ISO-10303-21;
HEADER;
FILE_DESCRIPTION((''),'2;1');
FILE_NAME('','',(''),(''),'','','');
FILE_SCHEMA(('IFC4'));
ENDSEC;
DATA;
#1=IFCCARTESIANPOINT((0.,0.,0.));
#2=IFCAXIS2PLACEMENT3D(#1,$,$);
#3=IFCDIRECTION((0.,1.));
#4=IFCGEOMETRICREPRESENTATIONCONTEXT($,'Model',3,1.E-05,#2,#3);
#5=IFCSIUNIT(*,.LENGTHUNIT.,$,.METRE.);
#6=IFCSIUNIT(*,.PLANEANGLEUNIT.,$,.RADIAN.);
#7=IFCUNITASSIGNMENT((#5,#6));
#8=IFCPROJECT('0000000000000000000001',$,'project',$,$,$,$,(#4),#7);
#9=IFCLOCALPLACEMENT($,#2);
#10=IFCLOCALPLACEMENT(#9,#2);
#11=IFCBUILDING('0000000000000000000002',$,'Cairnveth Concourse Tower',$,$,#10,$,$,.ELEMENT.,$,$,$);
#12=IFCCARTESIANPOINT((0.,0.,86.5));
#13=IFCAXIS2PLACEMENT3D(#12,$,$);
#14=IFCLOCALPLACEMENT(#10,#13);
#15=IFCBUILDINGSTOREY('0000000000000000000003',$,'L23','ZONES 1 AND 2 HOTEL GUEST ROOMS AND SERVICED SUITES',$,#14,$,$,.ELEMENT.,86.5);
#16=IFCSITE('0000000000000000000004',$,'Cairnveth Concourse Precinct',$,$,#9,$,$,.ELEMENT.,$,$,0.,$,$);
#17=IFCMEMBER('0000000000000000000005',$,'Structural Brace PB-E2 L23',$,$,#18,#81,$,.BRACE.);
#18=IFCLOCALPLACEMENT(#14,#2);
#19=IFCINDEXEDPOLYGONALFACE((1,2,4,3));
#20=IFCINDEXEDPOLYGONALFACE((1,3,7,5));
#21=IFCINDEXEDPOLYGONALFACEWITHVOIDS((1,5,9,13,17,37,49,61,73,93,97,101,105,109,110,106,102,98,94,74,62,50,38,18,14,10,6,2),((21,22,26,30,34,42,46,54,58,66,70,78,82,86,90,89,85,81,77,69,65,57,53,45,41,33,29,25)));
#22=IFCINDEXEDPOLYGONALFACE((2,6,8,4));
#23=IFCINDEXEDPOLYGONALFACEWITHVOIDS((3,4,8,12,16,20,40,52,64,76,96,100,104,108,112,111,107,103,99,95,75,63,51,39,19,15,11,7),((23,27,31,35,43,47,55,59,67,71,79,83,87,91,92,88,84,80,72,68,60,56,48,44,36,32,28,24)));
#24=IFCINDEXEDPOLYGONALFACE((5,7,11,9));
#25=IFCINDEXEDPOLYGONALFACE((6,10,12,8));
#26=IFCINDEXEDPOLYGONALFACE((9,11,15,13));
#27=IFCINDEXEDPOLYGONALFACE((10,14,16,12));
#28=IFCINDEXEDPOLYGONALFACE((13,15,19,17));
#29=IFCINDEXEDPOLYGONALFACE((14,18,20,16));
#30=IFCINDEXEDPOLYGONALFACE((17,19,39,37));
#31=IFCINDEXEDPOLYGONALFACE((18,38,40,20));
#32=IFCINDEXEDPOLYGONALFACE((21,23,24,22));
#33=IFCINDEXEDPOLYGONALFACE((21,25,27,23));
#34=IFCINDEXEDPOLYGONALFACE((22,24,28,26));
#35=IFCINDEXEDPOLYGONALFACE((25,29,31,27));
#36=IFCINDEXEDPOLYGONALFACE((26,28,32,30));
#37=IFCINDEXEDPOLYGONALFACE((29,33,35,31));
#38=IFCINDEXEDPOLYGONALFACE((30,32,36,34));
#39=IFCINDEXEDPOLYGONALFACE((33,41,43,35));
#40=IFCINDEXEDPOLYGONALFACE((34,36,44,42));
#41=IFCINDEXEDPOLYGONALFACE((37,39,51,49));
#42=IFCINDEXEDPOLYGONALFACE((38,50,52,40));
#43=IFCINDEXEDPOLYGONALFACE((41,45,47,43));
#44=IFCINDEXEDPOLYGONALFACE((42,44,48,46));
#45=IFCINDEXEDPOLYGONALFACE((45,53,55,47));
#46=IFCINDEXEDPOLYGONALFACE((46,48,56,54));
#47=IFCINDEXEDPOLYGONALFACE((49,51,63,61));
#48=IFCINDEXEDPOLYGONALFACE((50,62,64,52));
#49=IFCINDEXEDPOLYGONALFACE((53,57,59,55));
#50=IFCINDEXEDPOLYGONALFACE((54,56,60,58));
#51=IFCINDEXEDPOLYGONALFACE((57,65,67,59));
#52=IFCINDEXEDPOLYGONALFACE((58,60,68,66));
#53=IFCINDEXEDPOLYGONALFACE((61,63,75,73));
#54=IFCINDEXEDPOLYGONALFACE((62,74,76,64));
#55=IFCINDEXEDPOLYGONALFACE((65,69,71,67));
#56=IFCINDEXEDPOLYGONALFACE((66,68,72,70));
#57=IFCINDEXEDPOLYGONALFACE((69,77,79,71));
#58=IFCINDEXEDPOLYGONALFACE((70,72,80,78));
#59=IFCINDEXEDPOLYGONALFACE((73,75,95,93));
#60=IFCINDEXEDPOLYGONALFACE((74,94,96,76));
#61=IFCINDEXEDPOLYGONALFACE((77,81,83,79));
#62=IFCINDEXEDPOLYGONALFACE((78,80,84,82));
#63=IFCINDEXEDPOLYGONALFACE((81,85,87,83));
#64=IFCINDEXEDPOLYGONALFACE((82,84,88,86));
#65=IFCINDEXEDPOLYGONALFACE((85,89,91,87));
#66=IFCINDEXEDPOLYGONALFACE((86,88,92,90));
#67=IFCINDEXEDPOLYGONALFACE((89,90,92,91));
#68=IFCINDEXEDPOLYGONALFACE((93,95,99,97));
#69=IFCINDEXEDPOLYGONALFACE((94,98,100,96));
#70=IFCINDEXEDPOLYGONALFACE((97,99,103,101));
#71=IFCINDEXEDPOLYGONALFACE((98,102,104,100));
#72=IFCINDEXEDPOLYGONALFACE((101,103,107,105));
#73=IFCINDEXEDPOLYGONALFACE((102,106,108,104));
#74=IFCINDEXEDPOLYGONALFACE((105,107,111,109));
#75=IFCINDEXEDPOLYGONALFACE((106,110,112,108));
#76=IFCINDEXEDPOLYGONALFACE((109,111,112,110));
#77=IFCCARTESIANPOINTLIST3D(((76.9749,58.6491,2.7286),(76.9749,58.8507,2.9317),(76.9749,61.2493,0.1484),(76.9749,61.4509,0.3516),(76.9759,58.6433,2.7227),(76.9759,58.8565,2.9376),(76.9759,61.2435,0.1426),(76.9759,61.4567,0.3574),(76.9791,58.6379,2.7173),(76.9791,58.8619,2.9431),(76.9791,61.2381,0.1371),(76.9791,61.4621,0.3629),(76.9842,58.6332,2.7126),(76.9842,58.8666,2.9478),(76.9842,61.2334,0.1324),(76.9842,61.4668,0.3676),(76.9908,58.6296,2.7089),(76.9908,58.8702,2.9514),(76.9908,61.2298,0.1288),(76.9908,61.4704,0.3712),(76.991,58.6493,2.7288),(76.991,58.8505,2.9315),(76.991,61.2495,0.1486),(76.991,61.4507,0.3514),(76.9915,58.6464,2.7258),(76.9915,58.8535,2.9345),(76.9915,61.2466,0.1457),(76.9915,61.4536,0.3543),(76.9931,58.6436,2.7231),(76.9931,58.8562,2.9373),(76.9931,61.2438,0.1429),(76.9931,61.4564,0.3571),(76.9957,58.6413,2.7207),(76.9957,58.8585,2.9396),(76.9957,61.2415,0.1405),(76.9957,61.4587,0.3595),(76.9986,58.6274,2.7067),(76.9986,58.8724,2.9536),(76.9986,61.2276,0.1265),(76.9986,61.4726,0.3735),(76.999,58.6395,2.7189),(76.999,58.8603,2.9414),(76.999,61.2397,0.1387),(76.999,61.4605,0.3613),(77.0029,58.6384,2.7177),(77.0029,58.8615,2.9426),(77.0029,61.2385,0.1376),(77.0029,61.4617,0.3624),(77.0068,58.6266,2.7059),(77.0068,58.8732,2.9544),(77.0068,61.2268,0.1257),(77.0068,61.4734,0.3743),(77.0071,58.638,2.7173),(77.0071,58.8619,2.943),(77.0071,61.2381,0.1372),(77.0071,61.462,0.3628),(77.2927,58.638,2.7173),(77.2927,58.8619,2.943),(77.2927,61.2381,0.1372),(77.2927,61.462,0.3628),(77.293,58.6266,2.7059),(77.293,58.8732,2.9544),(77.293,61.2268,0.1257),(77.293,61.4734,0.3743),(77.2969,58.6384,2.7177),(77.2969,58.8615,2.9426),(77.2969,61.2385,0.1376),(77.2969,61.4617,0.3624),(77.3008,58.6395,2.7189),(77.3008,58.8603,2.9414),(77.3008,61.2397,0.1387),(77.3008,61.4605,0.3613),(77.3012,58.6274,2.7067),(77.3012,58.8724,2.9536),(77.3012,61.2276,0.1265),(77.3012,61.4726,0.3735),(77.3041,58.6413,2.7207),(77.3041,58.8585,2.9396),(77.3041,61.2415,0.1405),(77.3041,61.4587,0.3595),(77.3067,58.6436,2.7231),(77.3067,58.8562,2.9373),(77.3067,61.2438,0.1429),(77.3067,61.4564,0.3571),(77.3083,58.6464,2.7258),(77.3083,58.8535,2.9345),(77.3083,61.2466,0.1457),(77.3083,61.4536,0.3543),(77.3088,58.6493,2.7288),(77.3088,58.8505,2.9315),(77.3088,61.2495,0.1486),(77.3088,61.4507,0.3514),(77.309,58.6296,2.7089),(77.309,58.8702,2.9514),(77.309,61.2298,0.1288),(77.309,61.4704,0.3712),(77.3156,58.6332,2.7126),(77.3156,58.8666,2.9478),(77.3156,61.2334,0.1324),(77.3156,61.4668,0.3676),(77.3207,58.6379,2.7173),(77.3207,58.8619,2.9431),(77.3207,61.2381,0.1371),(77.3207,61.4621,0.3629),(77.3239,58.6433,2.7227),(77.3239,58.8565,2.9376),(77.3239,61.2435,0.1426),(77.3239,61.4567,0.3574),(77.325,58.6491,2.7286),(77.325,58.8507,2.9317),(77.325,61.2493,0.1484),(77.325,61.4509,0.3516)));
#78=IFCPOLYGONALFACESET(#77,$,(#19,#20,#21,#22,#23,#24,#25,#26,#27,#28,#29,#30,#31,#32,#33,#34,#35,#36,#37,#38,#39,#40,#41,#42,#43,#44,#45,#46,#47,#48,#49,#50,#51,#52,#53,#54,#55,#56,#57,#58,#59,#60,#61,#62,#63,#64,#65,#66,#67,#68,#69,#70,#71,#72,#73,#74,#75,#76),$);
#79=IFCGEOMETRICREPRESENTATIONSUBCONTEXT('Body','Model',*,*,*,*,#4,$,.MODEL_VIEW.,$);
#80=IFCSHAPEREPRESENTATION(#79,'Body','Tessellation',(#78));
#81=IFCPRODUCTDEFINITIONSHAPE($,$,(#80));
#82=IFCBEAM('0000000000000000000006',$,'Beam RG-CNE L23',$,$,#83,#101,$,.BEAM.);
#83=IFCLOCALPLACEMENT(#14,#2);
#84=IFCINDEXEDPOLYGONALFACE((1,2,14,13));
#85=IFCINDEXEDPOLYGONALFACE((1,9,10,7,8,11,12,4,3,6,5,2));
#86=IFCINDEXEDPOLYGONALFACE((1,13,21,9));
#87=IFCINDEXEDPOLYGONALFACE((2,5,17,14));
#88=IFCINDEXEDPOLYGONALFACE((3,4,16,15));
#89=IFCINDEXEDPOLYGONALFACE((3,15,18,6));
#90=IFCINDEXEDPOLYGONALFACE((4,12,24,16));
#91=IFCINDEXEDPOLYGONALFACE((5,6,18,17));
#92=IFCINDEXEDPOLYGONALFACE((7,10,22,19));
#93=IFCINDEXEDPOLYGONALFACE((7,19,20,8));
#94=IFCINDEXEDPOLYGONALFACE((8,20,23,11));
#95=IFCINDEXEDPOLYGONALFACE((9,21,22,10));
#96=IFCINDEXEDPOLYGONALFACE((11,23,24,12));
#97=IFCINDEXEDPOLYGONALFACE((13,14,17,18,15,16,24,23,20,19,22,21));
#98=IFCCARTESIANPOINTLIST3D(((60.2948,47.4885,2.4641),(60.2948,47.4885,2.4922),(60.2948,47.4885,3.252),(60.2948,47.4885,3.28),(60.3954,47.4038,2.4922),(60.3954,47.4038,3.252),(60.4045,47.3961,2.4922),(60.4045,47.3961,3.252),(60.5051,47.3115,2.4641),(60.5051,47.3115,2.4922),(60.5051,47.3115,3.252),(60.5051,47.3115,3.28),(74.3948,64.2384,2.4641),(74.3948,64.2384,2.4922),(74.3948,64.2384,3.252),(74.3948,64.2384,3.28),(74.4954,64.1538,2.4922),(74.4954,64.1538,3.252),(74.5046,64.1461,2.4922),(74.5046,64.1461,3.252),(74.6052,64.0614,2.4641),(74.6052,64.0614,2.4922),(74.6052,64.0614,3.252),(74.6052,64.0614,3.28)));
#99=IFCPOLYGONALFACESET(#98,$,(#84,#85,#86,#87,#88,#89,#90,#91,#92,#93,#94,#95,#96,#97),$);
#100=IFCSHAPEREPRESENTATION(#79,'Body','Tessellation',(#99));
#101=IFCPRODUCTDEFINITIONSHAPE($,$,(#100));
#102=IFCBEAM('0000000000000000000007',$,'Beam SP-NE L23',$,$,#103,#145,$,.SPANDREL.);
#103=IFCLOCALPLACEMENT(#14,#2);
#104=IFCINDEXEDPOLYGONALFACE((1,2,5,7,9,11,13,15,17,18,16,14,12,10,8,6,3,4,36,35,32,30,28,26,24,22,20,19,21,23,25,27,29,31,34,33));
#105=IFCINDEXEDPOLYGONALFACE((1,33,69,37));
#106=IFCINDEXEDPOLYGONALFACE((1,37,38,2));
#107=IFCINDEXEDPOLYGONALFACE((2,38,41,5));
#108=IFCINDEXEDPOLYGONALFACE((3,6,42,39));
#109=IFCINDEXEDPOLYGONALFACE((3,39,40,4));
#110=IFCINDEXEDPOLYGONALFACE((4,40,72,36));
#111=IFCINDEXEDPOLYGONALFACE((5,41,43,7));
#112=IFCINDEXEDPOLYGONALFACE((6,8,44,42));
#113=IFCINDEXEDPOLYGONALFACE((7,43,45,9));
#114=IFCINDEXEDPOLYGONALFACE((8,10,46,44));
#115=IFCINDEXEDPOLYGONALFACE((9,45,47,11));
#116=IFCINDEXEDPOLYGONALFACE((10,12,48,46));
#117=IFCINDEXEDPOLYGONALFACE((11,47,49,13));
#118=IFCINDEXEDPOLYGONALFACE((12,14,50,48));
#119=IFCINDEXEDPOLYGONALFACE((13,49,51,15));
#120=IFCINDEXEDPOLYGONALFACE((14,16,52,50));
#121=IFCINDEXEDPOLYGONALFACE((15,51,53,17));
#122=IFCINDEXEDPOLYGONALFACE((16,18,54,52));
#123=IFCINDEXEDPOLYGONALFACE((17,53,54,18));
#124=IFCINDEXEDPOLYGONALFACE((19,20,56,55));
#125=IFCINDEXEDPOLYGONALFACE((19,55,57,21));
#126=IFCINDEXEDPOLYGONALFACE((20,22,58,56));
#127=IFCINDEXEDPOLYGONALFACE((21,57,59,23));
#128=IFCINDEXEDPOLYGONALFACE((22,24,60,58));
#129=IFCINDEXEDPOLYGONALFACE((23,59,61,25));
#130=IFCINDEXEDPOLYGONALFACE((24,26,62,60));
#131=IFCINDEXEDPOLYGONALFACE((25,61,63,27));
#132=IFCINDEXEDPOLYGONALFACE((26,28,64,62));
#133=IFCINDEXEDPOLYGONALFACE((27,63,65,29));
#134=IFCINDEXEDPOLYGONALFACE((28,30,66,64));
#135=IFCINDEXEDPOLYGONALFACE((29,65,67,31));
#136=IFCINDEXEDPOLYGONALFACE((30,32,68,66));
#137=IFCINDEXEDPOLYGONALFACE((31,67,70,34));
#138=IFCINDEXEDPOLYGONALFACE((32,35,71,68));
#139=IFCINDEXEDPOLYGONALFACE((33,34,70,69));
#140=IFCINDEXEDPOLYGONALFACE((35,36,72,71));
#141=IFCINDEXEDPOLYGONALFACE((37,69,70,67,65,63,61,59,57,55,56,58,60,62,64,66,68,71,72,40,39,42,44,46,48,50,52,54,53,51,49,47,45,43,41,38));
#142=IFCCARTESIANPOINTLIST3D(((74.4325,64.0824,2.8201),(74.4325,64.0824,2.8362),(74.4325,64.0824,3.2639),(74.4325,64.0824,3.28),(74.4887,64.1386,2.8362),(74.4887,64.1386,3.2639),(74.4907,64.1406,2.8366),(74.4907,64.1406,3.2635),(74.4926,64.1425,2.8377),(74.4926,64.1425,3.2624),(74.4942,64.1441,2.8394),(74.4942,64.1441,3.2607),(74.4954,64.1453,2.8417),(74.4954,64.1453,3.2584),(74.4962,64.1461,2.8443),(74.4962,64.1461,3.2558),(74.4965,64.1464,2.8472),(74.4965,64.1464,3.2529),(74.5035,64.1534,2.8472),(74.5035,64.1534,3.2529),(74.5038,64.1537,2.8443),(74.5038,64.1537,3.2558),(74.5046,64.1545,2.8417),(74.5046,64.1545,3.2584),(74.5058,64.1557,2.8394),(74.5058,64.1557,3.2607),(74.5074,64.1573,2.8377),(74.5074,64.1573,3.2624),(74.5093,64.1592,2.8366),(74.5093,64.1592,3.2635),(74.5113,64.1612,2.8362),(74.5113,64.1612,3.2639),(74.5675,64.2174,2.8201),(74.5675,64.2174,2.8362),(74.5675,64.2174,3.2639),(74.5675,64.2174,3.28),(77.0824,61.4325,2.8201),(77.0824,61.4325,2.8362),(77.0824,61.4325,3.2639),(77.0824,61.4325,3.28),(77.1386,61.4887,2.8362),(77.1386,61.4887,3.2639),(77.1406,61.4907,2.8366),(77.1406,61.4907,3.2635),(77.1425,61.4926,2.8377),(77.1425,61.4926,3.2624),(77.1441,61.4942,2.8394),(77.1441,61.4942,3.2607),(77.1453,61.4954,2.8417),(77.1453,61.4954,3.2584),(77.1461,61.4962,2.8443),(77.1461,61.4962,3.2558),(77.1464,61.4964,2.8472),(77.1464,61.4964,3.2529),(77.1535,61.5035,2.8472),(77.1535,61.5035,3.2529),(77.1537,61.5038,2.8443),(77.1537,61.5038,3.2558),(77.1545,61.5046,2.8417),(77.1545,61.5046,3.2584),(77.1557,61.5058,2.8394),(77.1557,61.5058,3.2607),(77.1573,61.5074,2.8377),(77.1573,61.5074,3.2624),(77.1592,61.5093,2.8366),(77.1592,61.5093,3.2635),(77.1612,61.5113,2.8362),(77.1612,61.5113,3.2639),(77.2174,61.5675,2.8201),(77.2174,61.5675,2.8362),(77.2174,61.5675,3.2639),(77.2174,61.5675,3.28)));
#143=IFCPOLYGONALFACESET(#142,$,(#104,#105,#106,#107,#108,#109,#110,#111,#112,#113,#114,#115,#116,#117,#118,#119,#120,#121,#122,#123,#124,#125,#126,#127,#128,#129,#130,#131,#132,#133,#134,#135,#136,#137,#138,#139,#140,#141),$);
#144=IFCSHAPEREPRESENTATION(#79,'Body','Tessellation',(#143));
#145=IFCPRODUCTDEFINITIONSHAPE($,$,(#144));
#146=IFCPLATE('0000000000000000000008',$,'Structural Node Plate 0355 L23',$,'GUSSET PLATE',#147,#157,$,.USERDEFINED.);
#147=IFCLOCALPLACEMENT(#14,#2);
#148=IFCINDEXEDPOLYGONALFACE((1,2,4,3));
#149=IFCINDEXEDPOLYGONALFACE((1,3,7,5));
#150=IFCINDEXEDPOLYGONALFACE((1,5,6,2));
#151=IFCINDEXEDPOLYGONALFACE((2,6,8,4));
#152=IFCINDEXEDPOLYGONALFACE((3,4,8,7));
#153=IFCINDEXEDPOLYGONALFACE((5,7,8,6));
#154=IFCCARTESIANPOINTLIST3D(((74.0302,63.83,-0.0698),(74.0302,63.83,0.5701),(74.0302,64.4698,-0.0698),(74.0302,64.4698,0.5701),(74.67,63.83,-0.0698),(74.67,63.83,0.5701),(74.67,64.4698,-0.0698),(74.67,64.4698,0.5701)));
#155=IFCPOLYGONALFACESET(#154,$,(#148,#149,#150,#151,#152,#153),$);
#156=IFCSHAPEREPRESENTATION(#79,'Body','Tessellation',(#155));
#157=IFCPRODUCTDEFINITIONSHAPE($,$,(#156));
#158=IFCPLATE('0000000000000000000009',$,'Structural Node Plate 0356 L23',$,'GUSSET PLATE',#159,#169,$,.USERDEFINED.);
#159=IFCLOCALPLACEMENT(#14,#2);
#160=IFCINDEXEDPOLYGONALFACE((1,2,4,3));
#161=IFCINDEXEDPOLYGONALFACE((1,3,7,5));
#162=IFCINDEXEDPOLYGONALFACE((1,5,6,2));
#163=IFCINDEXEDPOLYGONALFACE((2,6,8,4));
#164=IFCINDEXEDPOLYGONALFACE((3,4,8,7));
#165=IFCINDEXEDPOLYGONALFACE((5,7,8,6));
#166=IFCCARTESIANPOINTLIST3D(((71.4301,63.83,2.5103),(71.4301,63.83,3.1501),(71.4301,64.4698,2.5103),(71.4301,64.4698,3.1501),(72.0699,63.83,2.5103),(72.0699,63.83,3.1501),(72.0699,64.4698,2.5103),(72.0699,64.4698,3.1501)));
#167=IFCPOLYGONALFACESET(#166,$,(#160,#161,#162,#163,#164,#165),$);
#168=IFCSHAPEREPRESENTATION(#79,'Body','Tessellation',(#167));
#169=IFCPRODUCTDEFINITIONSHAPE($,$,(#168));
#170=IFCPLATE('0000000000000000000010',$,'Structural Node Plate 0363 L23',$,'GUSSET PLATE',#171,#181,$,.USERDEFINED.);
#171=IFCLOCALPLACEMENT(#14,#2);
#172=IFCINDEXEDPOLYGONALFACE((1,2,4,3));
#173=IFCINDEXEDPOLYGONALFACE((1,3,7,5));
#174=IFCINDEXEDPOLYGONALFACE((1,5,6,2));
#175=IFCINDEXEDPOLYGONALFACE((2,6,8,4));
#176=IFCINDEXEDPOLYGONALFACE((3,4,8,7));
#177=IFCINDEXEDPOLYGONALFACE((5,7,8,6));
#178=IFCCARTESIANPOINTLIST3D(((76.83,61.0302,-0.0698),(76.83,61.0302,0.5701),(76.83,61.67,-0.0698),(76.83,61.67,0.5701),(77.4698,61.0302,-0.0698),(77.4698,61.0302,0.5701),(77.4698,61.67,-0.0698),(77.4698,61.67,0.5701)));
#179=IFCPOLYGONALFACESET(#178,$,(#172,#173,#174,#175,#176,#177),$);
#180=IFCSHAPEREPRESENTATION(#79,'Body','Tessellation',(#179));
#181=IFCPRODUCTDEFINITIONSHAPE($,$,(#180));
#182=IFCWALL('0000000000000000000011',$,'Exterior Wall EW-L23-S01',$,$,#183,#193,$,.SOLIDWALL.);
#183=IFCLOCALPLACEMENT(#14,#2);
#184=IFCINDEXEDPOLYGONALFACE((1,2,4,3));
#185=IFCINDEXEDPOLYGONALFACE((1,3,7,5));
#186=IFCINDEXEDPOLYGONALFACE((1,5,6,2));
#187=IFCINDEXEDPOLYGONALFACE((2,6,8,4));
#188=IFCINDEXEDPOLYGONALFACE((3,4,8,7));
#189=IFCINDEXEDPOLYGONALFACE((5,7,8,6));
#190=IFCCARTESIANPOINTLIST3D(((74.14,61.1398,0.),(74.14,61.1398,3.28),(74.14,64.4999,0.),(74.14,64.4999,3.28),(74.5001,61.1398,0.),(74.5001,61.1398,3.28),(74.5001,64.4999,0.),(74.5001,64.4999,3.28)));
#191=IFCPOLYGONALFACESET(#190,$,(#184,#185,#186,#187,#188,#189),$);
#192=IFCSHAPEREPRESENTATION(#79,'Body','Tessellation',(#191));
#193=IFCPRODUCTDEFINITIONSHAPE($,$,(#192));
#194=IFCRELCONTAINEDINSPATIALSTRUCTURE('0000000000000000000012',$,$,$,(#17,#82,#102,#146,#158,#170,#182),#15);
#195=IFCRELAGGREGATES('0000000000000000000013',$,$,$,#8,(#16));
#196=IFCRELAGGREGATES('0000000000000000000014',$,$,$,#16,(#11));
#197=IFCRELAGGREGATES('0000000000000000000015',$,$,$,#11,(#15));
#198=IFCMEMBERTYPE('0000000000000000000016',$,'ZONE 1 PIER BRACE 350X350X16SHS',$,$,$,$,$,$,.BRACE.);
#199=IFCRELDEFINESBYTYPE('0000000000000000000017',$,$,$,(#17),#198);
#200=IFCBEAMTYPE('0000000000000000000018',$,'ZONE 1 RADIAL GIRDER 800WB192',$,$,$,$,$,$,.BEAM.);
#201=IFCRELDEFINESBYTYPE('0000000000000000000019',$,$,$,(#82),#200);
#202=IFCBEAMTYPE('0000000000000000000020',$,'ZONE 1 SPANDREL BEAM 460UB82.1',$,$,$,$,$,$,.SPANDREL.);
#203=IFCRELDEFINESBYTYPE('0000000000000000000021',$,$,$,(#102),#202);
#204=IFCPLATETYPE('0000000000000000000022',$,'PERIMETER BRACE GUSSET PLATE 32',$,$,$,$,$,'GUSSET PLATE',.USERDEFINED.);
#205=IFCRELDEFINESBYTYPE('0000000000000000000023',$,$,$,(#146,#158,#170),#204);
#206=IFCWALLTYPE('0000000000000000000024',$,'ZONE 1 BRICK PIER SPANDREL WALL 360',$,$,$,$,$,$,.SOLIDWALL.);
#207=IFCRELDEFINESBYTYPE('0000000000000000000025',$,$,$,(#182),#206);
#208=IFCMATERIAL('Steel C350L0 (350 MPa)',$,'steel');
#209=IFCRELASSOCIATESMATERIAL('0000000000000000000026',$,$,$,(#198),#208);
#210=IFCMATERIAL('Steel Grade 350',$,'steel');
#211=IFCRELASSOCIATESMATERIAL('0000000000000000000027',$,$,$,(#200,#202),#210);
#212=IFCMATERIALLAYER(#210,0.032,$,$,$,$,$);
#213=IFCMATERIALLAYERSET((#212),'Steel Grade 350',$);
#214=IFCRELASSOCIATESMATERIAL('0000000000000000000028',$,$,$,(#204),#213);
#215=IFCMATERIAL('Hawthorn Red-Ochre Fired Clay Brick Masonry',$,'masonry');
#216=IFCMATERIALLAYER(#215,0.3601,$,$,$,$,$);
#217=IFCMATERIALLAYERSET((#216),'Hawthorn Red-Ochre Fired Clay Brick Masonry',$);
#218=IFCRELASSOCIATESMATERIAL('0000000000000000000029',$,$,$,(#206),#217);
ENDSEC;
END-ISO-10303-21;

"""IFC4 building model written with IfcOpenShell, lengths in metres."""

from ifc_helpers import new_model, si_unit, direction, frame, frame_2d, origin, origin_2d, place, context, subcontext, project, spatial, rectangle, hollow_rectangle, i_section, extrude, material, layer, layer_set, material_profile, profile_set, type_object, element, save


model = new_model("IFC4")

# Units and contexts
model_context = context("Model", 3, precision=1e-05, world=origin(), true_north=direction((0.0, 1.0)))
body_context = subcontext(model_context, "Body", "Model", "MODEL_VIEW")
ifc_project = project(units=[si_unit("LENGTHUNIT", "METRE"), si_unit("PLANEANGLEUNIT", "RADIAN")], contexts=[model_context])

# Site, building, storey
site_placement = place(None, origin())
site = spatial("IfcSite", under=ifc_project, at=site_placement, Name="Cairnveth Concourse Precinct", CompositionType="ELEMENT", RefElevation=0.0)
building_placement = place(site_placement, origin())
building = spatial("IfcBuilding", under=site, at=building_placement, Name="Cairnveth Concourse Tower", CompositionType="ELEMENT")
storey_placement = place(building_placement, frame((0.0, 0.0, 86.5)))
storey = spatial("IfcBuildingStorey", under=building, at=storey_placement, Name="L23", Description="ZONES 1 AND 2 HOTEL GUEST ROOMS AND SERVICED SUITES", CompositionType="ELEMENT", Elevation=86.5)

# Shared definitions
ifc_material_1 = material(Name="Steel Grade 350", Category="steel")

# Member
ifc_material_2 = material(Name="Steel C350L0 (350 MPa)", Category="steel")
ifc_material_profile_1 = material_profile(ifc_material_2, hollow_rectangle(XDim=0.3501, YDim=0.3501, WallThickness=0.0161, InnerFilletRadius=0.0161, OuterFilletRadius=0.032, at=origin_2d()), Name="350x350x16.0SHS")
ifc_profile_set_1 = profile_set([ifc_material_profile_1], Name="Steel C350L0 (350 MPa)")
member_type = type_object("IfcMemberType", Name="ZONE 1 PIER BRACE 350X350X16SHS", PredefinedType="BRACE", material=ifc_profile_set_1)
for number, where, z_axis, x_axis, name in (
    (1, (77.1499, 61.3501, 0.25), (0.0, -0.709834, 0.704369), (1.0, 0.0, 0.0), "Structural Brace PB-E2 L23"),
):
    element("IfcMember", number, at=place(storey_placement, frame(where, z_axis=z_axis, x_axis=x_axis)), inside=storey, type_object=member_type, Name=name, PredefinedType="BRACE", context=body_context, shape_type="SweptSolid", body=[
        extrude(hollow_rectangle(XDim=0.3501, YDim=0.3501, WallThickness=0.0161, InnerFilletRadius=0.0161, OuterFilletRadius=0.032, at=origin_2d()), origin(), (0.0, 0.0, 1.0), 3.6631),
    ])

# Beams
ifc_material_profile_2 = material_profile(ifc_material_1, i_section(OverallWidth=0.2749, OverallDepth=0.8159, WebThickness=0.012, FlangeThickness=0.0281, at=origin_2d()), Name="800WB192")
ifc_profile_set_2 = profile_set([ifc_material_profile_2], Name="Steel Grade 350")
beam_type_1 = type_object("IfcBeamType", Name="ZONE 1 RADIAL GIRDER 800WB192", PredefinedType="BEAM", material=ifc_profile_set_2)
beam_1_placement = place(storey_placement, frame((74.5, 64.1499, 2.8721), z_axis=(-0.643998, -0.765027, 0.0), x_axis=(0.765027, -0.643998, 0.0)))
element("IfcBeam", 2, at=beam_1_placement, inside=storey, type_object=beam_type_1, Name="Beam RG-CNE L23", PredefinedType="BEAM", context=body_context, shape_type="SweptSolid", body=[
    extrude(i_section(OverallWidth=0.2749, OverallDepth=0.8159, WebThickness=0.012, FlangeThickness=0.0281, at=origin_2d()), origin(), (0.0, 0.0, 1.0), 21.8945),
])
ifc_material_profile_3 = material_profile(ifc_material_1, i_section(OverallWidth=0.1909, OverallDepth=0.46, WebThickness=0.01, FlangeThickness=0.0161, FilletRadius=0.011, at=origin_2d()), Name="460UB82.1")
ifc_profile_set_3 = profile_set([ifc_material_profile_3], Name="Steel Grade 350")
beam_type_2 = type_object("IfcBeamType", Name="ZONE 1 SPANDREL BEAM 460UB82.1", PredefinedType="SPANDREL", material=ifc_profile_set_3)
beam_2_placement = place(storey_placement, frame((74.5, 64.1499, 3.05), z_axis=(0.707107, -0.707107, 0.0), x_axis=(0.707107, 0.707107, 0.0)))
element("IfcBeam", 3, at=beam_2_placement, inside=storey, type_object=beam_type_2, Name="Beam SP-NE L23", PredefinedType="SPANDREL", context=body_context, shape_type="SweptSolid", body=[
    extrude(i_section(OverallWidth=0.1909, OverallDepth=0.46, WebThickness=0.01, FlangeThickness=0.0161, FilletRadius=0.011, at=origin_2d()), origin(), (0.0, 0.0, 1.0), 3.7476),
])

# Plates
ifc_layer_1 = layer(ifc_material_1, 0.032)
ifc_layer_set_1 = layer_set([ifc_layer_1], Name="Steel Grade 350")
plate_type = type_object("IfcPlateType", Name="PERIMETER BRACE GUSSET PLATE 32", ElementType="GUSSET PLATE", PredefinedType="USERDEFINED", material=ifc_layer_set_1)
for number, where, z_axis, x_axis, name in (
    (4, (74.3501, 64.1499, -0.0698), (0.0, 0.0, 1.0), (1.0, 0.0, 0.0), "Structural Node Plate 0355 L23"),
    (5, (71.75, 64.1499, 2.5103), (0.0, 0.0, 1.0), (1.0, 0.0, 0.0), "Structural Node Plate 0356 L23"),
    (6, (77.1499, 61.3501, -0.0698), (0.0, 0.0, 1.0), (1.0, 0.0, 0.0), "Structural Node Plate 0363 L23"),
):
    element("IfcPlate", number, at=place(storey_placement, frame(where, z_axis=z_axis, x_axis=x_axis)), inside=storey, type_object=plate_type, Name=name, ObjectType="GUSSET PLATE", PredefinedType="USERDEFINED", context=body_context, shape_type="SweptSolid", body=[
        extrude(rectangle(XDim=0.6399, YDim=0.6399, at=origin_2d()), origin(), (0.0, 0.0, 1.0), 0.6399),
    ])

# Wall
ifc_material_3 = material(Name="Hawthorn Red-Ochre Fired Clay Brick Masonry", Category="masonry")
ifc_layer_2 = layer(ifc_material_3, 0.3601)
ifc_layer_set_2 = layer_set([ifc_layer_2], Name="Hawthorn Red-Ochre Fired Clay Brick Masonry")
wall_type = type_object("IfcWallType", Name="ZONE 1 BRICK PIER SPANDREL WALL 360", PredefinedType="SOLIDWALL", material=ifc_layer_set_2)
wall_1_placement = place(storey_placement, frame((74.3201, 64.5, 0.0), z_axis=(0.0, 0.0, 1.0), x_axis=(0.0, -1.0, 0.0)))
element("IfcWall", 7, at=wall_1_placement, inside=storey, type_object=wall_type, Name="Exterior Wall EW-L23-S01", PredefinedType="SOLIDWALL", context=body_context, shape_type="SweptSolid", body=[
    extrude(rectangle(XDim=3.3601, YDim=0.3601, at=frame_2d((1.6802, 0.0))), origin(), (0.0, 0.0, 1.0), 3.28),
])

save(model, "model.ifc")
